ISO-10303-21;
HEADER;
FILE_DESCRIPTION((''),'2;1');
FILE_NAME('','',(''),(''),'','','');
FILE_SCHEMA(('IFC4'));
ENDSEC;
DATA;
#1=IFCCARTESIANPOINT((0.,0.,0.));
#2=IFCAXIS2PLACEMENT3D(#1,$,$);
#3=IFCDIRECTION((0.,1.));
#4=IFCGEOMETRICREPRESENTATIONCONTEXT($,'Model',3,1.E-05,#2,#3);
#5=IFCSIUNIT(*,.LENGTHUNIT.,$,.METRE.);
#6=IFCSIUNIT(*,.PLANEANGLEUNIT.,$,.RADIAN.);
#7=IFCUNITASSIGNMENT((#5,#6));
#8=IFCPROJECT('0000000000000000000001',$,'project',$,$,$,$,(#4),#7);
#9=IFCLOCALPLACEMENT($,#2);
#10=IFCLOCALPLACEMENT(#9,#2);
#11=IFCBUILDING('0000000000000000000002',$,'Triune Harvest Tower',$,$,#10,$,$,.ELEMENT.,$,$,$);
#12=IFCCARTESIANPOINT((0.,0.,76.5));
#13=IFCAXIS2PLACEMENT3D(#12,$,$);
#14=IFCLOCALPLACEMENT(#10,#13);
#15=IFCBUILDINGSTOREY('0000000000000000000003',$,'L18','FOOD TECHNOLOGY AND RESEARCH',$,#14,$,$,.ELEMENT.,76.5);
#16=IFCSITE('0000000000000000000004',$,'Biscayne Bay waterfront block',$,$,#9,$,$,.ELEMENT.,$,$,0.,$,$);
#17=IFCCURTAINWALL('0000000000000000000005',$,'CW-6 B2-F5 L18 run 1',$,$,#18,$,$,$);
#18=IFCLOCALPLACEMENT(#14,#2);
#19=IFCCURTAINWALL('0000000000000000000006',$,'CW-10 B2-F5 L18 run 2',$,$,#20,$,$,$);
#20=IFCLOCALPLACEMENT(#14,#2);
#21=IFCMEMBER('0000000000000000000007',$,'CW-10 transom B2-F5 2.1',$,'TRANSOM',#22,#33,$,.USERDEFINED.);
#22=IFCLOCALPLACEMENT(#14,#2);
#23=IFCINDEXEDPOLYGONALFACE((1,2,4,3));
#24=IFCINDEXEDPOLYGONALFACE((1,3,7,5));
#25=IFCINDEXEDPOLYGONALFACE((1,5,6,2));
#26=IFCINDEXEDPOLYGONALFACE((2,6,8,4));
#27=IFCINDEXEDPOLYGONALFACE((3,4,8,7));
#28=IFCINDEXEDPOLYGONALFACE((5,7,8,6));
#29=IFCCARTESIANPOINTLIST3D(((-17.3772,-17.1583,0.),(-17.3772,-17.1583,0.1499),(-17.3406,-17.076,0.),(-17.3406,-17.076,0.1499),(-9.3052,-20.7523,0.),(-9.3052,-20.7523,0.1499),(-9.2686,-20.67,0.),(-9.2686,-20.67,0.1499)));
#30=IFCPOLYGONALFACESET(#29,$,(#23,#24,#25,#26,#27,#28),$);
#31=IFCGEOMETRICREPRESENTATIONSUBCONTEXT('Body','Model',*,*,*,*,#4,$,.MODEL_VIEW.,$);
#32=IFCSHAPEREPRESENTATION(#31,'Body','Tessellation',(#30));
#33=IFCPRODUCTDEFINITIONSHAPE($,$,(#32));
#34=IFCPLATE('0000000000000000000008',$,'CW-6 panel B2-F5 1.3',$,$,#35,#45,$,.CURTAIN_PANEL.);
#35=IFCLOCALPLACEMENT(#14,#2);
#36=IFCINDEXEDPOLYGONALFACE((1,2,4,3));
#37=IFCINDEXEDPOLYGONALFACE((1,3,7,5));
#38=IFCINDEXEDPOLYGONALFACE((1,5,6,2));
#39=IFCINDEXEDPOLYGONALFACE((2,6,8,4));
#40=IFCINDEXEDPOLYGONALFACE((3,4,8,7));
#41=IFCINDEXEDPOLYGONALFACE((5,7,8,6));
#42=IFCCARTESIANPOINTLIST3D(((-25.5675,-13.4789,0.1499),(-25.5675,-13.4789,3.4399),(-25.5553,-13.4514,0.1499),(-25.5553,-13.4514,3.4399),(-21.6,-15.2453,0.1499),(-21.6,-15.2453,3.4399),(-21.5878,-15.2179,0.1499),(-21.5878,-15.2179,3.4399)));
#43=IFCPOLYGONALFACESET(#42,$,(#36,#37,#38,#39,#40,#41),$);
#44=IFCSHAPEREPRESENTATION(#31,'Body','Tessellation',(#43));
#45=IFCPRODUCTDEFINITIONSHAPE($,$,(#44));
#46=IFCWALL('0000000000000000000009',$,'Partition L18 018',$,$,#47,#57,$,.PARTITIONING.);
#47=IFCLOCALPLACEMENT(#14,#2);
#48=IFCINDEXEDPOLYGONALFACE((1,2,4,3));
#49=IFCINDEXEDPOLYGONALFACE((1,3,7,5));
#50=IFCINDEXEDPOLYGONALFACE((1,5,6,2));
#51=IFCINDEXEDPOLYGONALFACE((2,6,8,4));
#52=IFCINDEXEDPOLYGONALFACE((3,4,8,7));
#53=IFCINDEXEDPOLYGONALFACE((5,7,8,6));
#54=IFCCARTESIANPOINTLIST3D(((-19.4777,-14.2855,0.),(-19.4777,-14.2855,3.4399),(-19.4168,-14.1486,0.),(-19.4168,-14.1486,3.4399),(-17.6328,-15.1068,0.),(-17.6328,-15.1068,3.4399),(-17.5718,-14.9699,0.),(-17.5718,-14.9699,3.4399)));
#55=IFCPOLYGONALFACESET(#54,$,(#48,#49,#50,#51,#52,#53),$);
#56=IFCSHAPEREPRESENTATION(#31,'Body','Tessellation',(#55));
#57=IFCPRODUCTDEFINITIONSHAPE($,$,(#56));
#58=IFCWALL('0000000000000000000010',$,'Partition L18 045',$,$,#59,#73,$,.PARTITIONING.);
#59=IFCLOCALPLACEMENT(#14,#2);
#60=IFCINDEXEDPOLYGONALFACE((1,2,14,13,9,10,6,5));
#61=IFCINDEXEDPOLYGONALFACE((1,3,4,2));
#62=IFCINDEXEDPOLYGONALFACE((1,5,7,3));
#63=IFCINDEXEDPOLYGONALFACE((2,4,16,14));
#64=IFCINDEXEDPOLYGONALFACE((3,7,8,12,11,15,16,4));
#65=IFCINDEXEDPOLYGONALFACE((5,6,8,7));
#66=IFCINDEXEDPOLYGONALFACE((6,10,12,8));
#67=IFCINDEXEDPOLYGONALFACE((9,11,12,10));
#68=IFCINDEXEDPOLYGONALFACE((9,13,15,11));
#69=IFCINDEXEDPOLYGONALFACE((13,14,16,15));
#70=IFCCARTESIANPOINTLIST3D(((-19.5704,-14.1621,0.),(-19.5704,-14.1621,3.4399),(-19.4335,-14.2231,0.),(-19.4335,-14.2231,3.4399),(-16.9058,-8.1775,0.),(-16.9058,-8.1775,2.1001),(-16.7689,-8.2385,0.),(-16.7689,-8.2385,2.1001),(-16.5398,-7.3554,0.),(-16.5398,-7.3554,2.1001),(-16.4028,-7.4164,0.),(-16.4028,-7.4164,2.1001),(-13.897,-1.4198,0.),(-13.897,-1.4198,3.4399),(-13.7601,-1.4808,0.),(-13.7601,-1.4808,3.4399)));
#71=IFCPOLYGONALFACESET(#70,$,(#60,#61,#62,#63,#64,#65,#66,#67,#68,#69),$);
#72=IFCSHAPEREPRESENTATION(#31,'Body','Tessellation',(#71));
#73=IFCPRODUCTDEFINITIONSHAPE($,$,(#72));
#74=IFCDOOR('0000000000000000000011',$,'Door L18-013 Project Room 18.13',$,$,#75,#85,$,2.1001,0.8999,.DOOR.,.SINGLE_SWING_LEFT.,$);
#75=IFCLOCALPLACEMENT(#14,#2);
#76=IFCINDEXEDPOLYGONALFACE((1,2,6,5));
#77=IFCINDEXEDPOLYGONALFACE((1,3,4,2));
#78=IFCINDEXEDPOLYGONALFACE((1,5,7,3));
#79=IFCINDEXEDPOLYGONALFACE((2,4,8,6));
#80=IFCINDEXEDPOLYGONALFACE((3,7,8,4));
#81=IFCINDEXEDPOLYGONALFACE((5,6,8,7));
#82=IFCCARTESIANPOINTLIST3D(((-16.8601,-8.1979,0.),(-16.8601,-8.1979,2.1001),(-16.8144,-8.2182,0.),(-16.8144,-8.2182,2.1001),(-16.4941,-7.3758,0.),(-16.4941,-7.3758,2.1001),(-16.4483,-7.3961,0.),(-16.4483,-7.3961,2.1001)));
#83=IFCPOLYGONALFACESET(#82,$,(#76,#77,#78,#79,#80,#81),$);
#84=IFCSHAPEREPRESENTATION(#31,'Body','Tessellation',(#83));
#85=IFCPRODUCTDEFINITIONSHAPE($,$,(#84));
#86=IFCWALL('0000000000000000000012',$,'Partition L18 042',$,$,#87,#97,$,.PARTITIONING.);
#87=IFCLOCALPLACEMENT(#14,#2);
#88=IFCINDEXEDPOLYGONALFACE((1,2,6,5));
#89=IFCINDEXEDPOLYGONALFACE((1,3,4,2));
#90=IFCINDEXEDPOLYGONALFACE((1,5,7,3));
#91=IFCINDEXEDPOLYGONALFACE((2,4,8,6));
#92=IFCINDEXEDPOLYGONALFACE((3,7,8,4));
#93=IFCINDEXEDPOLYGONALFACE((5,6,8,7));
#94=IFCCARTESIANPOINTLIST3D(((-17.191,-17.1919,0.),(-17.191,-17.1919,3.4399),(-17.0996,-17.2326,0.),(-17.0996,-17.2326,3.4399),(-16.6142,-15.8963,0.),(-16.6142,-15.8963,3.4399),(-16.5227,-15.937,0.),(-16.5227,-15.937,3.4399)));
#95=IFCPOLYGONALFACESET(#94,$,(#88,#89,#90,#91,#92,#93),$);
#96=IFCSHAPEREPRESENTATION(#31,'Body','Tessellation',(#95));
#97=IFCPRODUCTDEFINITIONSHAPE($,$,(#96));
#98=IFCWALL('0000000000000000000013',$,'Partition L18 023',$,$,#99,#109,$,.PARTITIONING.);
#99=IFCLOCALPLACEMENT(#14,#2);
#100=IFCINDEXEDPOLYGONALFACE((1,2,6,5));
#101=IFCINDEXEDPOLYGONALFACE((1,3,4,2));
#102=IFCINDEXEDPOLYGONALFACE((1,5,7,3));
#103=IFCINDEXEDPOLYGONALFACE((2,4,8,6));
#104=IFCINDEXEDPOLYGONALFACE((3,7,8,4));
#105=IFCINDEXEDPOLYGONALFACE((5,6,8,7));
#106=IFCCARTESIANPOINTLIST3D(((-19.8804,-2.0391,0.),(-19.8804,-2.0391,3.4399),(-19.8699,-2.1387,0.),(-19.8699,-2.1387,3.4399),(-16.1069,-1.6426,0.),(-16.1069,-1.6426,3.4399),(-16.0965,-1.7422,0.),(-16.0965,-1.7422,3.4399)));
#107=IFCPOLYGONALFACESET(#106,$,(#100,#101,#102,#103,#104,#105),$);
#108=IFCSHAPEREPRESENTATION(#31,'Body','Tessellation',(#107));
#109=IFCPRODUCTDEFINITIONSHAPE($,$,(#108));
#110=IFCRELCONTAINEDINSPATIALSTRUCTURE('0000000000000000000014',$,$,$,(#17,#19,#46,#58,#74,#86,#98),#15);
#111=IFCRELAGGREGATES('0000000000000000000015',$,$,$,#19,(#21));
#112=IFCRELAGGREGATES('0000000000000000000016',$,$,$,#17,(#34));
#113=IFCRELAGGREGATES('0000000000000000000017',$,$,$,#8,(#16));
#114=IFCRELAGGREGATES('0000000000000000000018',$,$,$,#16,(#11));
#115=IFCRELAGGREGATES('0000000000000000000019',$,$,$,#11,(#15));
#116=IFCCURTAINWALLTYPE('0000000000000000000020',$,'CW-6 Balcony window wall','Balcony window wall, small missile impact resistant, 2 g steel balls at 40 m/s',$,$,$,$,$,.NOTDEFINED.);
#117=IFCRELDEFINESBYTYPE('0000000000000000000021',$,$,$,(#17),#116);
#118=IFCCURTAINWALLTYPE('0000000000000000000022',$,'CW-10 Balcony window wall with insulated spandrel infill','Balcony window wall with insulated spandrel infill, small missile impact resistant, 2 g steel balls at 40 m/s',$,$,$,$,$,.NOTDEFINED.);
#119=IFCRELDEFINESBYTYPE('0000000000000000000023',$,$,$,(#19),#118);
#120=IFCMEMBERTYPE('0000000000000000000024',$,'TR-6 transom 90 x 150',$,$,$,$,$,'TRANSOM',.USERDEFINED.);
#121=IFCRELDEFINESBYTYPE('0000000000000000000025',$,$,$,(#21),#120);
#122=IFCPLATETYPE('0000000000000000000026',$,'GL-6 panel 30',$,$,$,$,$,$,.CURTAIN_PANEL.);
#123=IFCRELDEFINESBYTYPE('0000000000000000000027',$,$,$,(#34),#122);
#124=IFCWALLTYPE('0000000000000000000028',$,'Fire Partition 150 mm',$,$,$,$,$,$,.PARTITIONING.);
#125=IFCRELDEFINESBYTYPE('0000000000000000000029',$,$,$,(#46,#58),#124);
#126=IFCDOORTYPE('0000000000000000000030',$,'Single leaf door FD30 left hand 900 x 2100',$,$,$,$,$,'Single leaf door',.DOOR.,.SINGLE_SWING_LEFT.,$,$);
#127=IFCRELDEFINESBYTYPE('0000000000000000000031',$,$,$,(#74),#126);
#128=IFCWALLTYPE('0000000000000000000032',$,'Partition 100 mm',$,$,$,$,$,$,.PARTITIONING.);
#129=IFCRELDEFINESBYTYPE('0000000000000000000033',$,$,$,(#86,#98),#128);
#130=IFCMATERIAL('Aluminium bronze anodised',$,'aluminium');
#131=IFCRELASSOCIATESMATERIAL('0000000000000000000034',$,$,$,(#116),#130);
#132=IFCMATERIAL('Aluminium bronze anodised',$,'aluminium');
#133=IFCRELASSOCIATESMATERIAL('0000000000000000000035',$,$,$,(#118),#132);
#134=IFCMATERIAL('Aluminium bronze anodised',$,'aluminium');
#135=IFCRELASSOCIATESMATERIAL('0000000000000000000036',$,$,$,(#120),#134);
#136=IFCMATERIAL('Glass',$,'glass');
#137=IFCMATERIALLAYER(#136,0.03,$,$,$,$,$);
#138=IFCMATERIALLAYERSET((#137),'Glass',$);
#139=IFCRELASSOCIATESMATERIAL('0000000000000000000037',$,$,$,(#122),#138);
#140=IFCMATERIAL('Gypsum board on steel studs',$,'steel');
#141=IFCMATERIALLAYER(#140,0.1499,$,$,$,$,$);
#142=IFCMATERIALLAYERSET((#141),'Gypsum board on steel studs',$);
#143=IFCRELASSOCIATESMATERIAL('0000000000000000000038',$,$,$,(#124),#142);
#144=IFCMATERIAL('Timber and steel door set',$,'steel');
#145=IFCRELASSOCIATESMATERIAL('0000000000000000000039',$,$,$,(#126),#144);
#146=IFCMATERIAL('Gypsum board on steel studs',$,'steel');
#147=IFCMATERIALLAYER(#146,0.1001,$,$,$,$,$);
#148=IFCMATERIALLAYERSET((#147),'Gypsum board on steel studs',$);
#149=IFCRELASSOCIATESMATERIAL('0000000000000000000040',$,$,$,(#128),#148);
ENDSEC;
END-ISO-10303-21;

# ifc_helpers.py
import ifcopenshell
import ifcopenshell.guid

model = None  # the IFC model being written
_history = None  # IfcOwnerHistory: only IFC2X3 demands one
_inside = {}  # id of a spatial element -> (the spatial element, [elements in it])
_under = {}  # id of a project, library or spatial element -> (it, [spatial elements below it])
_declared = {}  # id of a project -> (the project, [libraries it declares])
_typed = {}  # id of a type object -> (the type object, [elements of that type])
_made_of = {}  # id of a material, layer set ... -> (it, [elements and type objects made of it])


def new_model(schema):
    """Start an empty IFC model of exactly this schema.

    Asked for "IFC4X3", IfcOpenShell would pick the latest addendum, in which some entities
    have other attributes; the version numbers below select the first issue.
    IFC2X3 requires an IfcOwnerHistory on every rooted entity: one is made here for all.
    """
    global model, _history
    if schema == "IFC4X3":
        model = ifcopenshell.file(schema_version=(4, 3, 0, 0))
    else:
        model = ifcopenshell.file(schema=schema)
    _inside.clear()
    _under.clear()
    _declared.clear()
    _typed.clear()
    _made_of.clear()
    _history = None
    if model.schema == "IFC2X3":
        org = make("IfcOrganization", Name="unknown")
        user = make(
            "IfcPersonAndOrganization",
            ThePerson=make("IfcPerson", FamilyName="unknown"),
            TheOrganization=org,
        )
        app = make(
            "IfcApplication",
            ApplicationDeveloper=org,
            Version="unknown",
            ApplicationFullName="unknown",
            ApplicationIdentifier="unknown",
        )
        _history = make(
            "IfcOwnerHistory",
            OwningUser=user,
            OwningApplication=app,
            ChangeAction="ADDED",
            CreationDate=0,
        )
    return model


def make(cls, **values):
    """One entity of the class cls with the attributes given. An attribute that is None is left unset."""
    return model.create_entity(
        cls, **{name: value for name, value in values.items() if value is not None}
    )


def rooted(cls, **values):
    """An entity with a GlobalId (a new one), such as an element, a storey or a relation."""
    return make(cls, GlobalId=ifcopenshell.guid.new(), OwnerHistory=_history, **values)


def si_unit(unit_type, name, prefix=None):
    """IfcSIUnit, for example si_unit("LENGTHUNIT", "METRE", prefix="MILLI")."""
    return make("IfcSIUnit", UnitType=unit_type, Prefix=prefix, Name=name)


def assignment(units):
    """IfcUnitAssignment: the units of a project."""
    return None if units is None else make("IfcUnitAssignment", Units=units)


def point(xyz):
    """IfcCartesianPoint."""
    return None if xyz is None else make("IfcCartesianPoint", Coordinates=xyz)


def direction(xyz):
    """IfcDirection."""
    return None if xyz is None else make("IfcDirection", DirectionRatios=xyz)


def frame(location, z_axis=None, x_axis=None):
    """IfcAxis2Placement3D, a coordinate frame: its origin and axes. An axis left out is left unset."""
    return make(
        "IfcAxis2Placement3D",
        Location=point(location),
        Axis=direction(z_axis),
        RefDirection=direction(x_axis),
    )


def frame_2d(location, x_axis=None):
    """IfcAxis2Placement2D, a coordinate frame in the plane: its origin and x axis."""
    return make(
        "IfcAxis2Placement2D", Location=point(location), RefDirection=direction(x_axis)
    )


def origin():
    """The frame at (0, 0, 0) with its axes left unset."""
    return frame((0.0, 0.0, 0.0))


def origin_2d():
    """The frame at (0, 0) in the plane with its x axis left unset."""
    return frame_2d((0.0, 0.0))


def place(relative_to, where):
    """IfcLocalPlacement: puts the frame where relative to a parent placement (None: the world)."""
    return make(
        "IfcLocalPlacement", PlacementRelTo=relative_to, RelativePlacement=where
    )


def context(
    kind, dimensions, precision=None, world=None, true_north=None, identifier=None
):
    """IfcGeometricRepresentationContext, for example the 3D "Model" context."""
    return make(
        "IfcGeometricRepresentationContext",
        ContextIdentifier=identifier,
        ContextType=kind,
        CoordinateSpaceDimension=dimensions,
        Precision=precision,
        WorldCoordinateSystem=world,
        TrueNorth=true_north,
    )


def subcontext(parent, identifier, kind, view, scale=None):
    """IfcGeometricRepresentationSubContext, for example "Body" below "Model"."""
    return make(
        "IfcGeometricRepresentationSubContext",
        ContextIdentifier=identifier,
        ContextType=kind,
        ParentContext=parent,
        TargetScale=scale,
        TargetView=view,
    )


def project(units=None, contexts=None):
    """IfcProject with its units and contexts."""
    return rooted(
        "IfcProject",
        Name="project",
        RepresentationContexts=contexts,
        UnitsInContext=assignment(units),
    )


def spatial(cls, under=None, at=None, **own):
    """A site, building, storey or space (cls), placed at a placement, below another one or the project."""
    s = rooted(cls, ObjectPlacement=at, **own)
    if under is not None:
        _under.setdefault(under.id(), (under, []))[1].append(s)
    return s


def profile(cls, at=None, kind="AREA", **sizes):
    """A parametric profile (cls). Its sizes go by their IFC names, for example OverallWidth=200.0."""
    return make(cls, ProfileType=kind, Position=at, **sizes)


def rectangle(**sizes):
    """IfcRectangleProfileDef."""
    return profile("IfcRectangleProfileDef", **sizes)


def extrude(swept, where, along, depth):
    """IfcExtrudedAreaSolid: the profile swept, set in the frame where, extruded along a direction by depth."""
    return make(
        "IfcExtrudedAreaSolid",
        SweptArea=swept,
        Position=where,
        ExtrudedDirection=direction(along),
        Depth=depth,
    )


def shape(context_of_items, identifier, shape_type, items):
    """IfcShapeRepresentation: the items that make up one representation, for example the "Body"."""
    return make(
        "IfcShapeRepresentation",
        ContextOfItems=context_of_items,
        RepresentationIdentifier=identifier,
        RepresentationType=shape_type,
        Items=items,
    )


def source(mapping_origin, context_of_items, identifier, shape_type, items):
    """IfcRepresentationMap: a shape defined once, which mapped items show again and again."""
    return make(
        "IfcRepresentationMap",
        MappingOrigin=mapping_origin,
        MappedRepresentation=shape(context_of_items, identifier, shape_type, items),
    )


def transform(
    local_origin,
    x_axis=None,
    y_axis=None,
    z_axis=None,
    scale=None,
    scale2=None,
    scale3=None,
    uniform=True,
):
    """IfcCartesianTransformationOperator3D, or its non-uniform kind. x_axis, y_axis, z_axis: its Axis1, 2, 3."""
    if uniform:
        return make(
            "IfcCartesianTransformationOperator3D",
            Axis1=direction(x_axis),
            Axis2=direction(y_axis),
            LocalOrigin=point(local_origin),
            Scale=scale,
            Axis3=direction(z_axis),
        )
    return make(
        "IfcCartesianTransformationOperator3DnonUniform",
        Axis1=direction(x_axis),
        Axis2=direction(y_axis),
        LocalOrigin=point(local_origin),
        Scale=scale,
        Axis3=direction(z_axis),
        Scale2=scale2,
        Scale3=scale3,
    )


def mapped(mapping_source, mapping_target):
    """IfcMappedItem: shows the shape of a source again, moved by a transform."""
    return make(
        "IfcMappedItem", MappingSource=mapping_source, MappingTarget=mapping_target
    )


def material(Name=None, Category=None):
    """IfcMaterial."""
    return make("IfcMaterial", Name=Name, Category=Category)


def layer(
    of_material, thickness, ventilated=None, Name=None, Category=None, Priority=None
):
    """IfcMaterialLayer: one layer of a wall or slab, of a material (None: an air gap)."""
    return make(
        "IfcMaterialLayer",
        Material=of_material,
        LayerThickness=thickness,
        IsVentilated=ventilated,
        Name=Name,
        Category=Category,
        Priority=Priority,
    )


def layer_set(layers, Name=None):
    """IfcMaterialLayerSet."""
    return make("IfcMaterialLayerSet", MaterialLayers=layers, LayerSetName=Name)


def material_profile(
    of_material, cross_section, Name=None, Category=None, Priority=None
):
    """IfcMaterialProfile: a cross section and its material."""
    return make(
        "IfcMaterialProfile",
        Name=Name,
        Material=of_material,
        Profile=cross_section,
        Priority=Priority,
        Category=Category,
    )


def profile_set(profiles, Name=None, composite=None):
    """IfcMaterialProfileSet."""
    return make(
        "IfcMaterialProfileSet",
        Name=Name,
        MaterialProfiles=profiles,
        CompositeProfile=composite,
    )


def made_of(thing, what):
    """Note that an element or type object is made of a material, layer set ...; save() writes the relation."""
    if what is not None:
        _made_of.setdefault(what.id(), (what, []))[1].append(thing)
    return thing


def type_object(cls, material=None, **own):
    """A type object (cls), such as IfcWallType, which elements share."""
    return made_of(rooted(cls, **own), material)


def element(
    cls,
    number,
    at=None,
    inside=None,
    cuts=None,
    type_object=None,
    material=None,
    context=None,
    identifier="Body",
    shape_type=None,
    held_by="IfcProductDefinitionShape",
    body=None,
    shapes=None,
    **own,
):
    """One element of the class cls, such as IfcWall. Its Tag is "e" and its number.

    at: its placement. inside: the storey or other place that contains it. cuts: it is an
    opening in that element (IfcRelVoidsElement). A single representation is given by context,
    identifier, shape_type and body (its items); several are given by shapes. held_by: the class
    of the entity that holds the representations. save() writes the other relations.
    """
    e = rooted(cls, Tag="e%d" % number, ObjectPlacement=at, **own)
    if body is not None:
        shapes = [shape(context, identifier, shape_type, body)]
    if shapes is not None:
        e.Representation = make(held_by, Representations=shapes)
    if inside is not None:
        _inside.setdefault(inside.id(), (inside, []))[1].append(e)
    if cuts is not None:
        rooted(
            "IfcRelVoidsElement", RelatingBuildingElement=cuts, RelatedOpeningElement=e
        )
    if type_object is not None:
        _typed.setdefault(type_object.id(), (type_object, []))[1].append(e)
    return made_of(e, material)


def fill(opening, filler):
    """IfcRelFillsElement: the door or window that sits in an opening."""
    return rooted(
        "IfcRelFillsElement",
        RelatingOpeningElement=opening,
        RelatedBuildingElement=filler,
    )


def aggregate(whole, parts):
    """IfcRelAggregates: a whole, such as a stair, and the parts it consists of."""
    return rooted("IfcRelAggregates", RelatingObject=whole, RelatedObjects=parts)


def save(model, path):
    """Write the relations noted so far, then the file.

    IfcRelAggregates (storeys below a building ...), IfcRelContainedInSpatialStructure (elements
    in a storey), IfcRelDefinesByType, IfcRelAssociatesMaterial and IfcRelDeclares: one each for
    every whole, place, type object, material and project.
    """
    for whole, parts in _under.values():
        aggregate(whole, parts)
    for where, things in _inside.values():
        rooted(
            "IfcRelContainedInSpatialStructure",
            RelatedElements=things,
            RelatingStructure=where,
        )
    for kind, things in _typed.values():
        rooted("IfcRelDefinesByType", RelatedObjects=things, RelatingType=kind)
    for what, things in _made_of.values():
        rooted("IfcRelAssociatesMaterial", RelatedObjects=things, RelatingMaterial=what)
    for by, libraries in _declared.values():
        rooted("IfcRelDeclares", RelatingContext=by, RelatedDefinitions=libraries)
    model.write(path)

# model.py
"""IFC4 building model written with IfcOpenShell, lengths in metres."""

from ifc_helpers import new_model, si_unit, direction, frame, frame_2d, origin, origin_2d, place, context, subcontext, project, spatial, rectangle, extrude, source, transform, mapped, material, layer, layer_set, material_profile, profile_set, type_object, element, fill, aggregate, save


model = new_model("IFC4")

# Units and contexts
model_context = context("Model", 3, precision=1e-05, world=origin(), true_north=direction((0.0, 1.0)))
body_context = subcontext(model_context, "Body", "Model", "MODEL_VIEW")
ifc_project = project(units=[si_unit("LENGTHUNIT", "METRE"), si_unit("PLANEANGLEUNIT", "RADIAN")], contexts=[model_context])

# Site, building, storey
site_placement = place(None, origin())
site = spatial("IfcSite", under=ifc_project, at=site_placement, Name="Biscayne Bay waterfront block", CompositionType="ELEMENT", RefElevation=0.0)
building_placement = place(site_placement, origin())
building = spatial("IfcBuilding", under=site, at=building_placement, Name="Triune Harvest Tower", CompositionType="ELEMENT")
storey_placement = place(building_placement, frame((0.0, 0.0, 76.5)))
storey = spatial("IfcBuildingStorey", under=building, at=storey_placement, Name="L18", Description="FOOD TECHNOLOGY AND RESEARCH", CompositionType="ELEMENT", Elevation=76.5)

# Curtain walls
ifc_material_1 = material(Name="Aluminium bronze anodised", Category="aluminium")
curtain_wall_type_1 = type_object("IfcCurtainWallType", Name="CW-6 Balcony window wall", Description="Balcony window wall, small missile impact resistant, 2 g steel balls at 40 m/s", PredefinedType="NOTDEFINED", material=ifc_material_1)
curtain_wall_1_placement = place(storey_placement, origin())
curtain_wall_1 = element("IfcCurtainWall", 1, at=curtain_wall_1_placement, inside=storey, type_object=curtain_wall_type_1, Name="CW-6 B2-F5 L18 run 1")
ifc_material_2 = material(Name="Aluminium bronze anodised", Category="aluminium")
curtain_wall_type_2 = type_object("IfcCurtainWallType", Name="CW-10 Balcony window wall with insulated spandrel infill", Description="Balcony window wall with insulated spandrel infill, small missile impact resistant, 2 g steel balls at 40 m/s", PredefinedType="NOTDEFINED", material=ifc_material_2)
curtain_wall_2_placement = place(storey_placement, origin())
curtain_wall_2 = element("IfcCurtainWall", 2, at=curtain_wall_2_placement, inside=storey, type_object=curtain_wall_type_2, Name="CW-10 B2-F5 L18 run 2")

# Member
ifc_material_3 = material(Name="Aluminium bronze anodised", Category="aluminium")
ifc_material_profile_1 = material_profile(ifc_material_3, rectangle(XDim=0.0901, YDim=0.1499, at=origin_2d()), Name="TR-6 transom 90 x 150")
ifc_profile_set_1 = profile_set([ifc_material_profile_1], Name="Aluminium bronze anodised")
member_type_1 = type_object("IfcMemberType", Name="TR-6 transom 90 x 150", ElementType="TRANSOM", PredefinedType="USERDEFINED", material=ifc_profile_set_1)
shared_shape_1 = source(origin(), body_context, "Body", "SweptSolid", [
    extrude(rectangle(XDim=0.0901, YDim=0.1499, at=origin_2d()), origin(), (0.0, 0.0, 1.0), 8.8359),
])
member_1_placement = place(storey_placement, frame((-17.3589, -17.1172, 0.075), z_axis=(0.913541, -0.406746, 0.0), x_axis=(0.406746, 0.913541, 0.0)))
member_1 = element("IfcMember", 3, at=member_1_placement, type_object=member_type_1, Name="CW-10 transom B2-F5 2.1", ObjectType="TRANSOM", PredefinedType="USERDEFINED", context=body_context, shape_type="MappedRepresentation", body=[
    mapped(shared_shape_1, transform((0.0, 0.0, 0.0), scale=1.0)),
])
aggregate(curtain_wall_2, [member_1])

# Plate
ifc_material_4 = material(Name="Glass", Category="glass")
ifc_layer_1 = layer(ifc_material_4, 0.03)
ifc_layer_set_1 = layer_set([ifc_layer_1], Name="Glass")
plate_type = type_object("IfcPlateType", Name="GL-6 panel 30", PredefinedType="CURTAIN_PANEL", material=ifc_layer_set_1)
shared_shape_2 = source(origin(), body_context, "Body", "SweptSolid", [
    extrude(rectangle(XDim=4.343, YDim=0.03, at=origin_2d()), origin(), (0.0, 0.0, 1.0), 3.29),
])
plate_placement = place(storey_placement, frame((-23.5776, -14.3484, 0.1499), z_axis=(0.0, 0.0, 1.0), x_axis=(0.913545, -0.406737, 0.0)))
plate = element("IfcPlate", 4, at=plate_placement, type_object=plate_type, Name="CW-6 panel B2-F5 1.3", PredefinedType="CURTAIN_PANEL", context=body_context, shape_type="MappedRepresentation", body=[
    mapped(shared_shape_2, transform((0.0, 0.0, 0.0), scale=1.0)),
])
aggregate(curtain_wall_1, [plate])

# Wall
ifc_material_5 = material(Name="Gypsum board on steel studs", Category="steel")
ifc_layer_2 = layer(ifc_material_5, 0.1499)
ifc_layer_set_2 = layer_set([ifc_layer_2], Name="Gypsum board on steel studs")
wall_type_1 = type_object("IfcWallType", Name="Fire Partition 150 mm", PredefinedType="PARTITIONING", material=ifc_layer_set_2)
wall_1_placement = place(storey_placement, frame((-19.4473, -14.217, 0.0), z_axis=(0.0, 0.0, 1.0), x_axis=(0.913572, -0.406677, 0.0)))
element("IfcWall", 5, at=wall_1_placement, inside=storey, type_object=wall_type_1, Name="Partition L18 018", PredefinedType="PARTITIONING", context=body_context, shape_type="SweptSolid", body=[
    extrude(rectangle(XDim=2.0195, YDim=0.1499, at=frame_2d((1.0098, 0.0))), origin(), (0.0, 0.0, 1.0), 3.4399),
])

# Wall, opening, door
wall_2_placement = place(storey_placement, frame((-19.502, -14.1926, 0.0), z_axis=(0.0, 0.0, 1.0), x_axis=(0.406746, 0.913541, 0.0)))
wall_2 = element("IfcWall", 6, at=wall_2_placement, inside=storey, type_object=wall_type_1, Name="Partition L18 045", PredefinedType="PARTITIONING", context=body_context, shape_type="SweptSolid", body=[
    extrude(rectangle(XDim=13.9482, YDim=0.1499, at=frame_2d((6.9741, 0.0))), origin(), (0.0, 0.0, 1.0), 3.4399),
])
opening_1_placement = place(wall_2_placement, frame((6.551, 0.0, 0.0)))
opening_1 = element("IfcOpeningElement", 7, at=opening_1_placement, cuts=wall_2, PredefinedType="OPENING", context=body_context, shape_type="SweptSolid", body=[
    extrude(rectangle(XDim=0.8999, YDim=2.1001, at=frame_2d((0.45, 1.05))), frame((0.0, 0.085, 0.0), z_axis=(0.0, -1.0, 0.0), x_axis=(1.0, 0.0, 0.0)), (0.0, 0.0, 1.0), 0.1699),
])
ifc_material_6 = material(Name="Timber and steel door set", Category="steel")
door_type_1 = type_object("IfcDoorType", Name="Single leaf door FD30 left hand 900 x 2100", ElementType="Single leaf door", OperationType="SINGLE_SWING_LEFT", PredefinedType="DOOR", material=ifc_material_6)
door_1_placement = place(opening_1_placement, origin())
door_1 = element("IfcDoor", 8, at=door_1_placement, inside=storey, type_object=door_type_1, Name="Door L18-013 Project Room 18.13", OperationType="SINGLE_SWING_LEFT", OverallHeight=2.1001, OverallWidth=0.8999, PredefinedType="DOOR", context=body_context, shape_type="SweptSolid", body=[
    extrude(rectangle(XDim=0.8999, YDim=2.1001, at=frame_2d((0.45, 1.05))), frame((0.0, 0.0249, 0.0), z_axis=(0.0, -1.0, 0.0), x_axis=(1.0, 0.0, 0.0)), (0.0, 0.0, 1.0), 0.05),
])
fill(opening_1, door_1)

# Walls
ifc_material_7 = material(Name="Gypsum board on steel studs", Category="steel")
ifc_layer_3 = layer(ifc_material_7, 0.1001)
ifc_layer_set_3 = layer_set([ifc_layer_3], Name="Gypsum board on steel studs")
wall_type_2 = type_object("IfcWallType", Name="Partition 100 mm", PredefinedType="PARTITIONING", material=ifc_layer_set_3)
shared_shape_3 = source(origin(), body_context, "Body", "SweptSolid", [
    extrude(rectangle(XDim=1.4182, YDim=0.1001, at=frame_2d((0.709, 0.0))), origin(), (0.0, 0.0, 1.0), 3.4399),
])
wall_3_placement = place(storey_placement, frame((-17.1453, -17.2122, 0.0), z_axis=(0.0, 0.0, 1.0), x_axis=(0.406761, 0.913534, 0.0)))
element("IfcWall", 9, at=wall_3_placement, inside=storey, type_object=wall_type_2, Name="Partition L18 042", PredefinedType="PARTITIONING", context=body_context, shape_type="MappedRepresentation", body=[
    mapped(shared_shape_3, transform((0.0, 0.0, 0.0), scale=1.0)),
])
shared_shape_4 = source(origin(), body_context, "Body", "SweptSolid", [
    extrude(rectangle(XDim=3.7942, YDim=0.1001, at=frame_2d((1.897, 0.0))), origin(), (0.0, 0.0, 1.0), 3.4399),
])
wall_4_placement = place(storey_placement, frame((-19.875, -2.0889, 0.0), z_axis=(0.0, 0.0, 1.0), x_axis=(0.994525, 0.104497, 0.0)))
element("IfcWall", 10, at=wall_4_placement, inside=storey, type_object=wall_type_2, Name="Partition L18 023", PredefinedType="PARTITIONING", context=body_context, shape_type="MappedRepresentation", body=[
    mapped(shared_shape_4, transform((0.0, 0.0, 0.0), scale=1.0)),
])

save(model, "model.ifc")
